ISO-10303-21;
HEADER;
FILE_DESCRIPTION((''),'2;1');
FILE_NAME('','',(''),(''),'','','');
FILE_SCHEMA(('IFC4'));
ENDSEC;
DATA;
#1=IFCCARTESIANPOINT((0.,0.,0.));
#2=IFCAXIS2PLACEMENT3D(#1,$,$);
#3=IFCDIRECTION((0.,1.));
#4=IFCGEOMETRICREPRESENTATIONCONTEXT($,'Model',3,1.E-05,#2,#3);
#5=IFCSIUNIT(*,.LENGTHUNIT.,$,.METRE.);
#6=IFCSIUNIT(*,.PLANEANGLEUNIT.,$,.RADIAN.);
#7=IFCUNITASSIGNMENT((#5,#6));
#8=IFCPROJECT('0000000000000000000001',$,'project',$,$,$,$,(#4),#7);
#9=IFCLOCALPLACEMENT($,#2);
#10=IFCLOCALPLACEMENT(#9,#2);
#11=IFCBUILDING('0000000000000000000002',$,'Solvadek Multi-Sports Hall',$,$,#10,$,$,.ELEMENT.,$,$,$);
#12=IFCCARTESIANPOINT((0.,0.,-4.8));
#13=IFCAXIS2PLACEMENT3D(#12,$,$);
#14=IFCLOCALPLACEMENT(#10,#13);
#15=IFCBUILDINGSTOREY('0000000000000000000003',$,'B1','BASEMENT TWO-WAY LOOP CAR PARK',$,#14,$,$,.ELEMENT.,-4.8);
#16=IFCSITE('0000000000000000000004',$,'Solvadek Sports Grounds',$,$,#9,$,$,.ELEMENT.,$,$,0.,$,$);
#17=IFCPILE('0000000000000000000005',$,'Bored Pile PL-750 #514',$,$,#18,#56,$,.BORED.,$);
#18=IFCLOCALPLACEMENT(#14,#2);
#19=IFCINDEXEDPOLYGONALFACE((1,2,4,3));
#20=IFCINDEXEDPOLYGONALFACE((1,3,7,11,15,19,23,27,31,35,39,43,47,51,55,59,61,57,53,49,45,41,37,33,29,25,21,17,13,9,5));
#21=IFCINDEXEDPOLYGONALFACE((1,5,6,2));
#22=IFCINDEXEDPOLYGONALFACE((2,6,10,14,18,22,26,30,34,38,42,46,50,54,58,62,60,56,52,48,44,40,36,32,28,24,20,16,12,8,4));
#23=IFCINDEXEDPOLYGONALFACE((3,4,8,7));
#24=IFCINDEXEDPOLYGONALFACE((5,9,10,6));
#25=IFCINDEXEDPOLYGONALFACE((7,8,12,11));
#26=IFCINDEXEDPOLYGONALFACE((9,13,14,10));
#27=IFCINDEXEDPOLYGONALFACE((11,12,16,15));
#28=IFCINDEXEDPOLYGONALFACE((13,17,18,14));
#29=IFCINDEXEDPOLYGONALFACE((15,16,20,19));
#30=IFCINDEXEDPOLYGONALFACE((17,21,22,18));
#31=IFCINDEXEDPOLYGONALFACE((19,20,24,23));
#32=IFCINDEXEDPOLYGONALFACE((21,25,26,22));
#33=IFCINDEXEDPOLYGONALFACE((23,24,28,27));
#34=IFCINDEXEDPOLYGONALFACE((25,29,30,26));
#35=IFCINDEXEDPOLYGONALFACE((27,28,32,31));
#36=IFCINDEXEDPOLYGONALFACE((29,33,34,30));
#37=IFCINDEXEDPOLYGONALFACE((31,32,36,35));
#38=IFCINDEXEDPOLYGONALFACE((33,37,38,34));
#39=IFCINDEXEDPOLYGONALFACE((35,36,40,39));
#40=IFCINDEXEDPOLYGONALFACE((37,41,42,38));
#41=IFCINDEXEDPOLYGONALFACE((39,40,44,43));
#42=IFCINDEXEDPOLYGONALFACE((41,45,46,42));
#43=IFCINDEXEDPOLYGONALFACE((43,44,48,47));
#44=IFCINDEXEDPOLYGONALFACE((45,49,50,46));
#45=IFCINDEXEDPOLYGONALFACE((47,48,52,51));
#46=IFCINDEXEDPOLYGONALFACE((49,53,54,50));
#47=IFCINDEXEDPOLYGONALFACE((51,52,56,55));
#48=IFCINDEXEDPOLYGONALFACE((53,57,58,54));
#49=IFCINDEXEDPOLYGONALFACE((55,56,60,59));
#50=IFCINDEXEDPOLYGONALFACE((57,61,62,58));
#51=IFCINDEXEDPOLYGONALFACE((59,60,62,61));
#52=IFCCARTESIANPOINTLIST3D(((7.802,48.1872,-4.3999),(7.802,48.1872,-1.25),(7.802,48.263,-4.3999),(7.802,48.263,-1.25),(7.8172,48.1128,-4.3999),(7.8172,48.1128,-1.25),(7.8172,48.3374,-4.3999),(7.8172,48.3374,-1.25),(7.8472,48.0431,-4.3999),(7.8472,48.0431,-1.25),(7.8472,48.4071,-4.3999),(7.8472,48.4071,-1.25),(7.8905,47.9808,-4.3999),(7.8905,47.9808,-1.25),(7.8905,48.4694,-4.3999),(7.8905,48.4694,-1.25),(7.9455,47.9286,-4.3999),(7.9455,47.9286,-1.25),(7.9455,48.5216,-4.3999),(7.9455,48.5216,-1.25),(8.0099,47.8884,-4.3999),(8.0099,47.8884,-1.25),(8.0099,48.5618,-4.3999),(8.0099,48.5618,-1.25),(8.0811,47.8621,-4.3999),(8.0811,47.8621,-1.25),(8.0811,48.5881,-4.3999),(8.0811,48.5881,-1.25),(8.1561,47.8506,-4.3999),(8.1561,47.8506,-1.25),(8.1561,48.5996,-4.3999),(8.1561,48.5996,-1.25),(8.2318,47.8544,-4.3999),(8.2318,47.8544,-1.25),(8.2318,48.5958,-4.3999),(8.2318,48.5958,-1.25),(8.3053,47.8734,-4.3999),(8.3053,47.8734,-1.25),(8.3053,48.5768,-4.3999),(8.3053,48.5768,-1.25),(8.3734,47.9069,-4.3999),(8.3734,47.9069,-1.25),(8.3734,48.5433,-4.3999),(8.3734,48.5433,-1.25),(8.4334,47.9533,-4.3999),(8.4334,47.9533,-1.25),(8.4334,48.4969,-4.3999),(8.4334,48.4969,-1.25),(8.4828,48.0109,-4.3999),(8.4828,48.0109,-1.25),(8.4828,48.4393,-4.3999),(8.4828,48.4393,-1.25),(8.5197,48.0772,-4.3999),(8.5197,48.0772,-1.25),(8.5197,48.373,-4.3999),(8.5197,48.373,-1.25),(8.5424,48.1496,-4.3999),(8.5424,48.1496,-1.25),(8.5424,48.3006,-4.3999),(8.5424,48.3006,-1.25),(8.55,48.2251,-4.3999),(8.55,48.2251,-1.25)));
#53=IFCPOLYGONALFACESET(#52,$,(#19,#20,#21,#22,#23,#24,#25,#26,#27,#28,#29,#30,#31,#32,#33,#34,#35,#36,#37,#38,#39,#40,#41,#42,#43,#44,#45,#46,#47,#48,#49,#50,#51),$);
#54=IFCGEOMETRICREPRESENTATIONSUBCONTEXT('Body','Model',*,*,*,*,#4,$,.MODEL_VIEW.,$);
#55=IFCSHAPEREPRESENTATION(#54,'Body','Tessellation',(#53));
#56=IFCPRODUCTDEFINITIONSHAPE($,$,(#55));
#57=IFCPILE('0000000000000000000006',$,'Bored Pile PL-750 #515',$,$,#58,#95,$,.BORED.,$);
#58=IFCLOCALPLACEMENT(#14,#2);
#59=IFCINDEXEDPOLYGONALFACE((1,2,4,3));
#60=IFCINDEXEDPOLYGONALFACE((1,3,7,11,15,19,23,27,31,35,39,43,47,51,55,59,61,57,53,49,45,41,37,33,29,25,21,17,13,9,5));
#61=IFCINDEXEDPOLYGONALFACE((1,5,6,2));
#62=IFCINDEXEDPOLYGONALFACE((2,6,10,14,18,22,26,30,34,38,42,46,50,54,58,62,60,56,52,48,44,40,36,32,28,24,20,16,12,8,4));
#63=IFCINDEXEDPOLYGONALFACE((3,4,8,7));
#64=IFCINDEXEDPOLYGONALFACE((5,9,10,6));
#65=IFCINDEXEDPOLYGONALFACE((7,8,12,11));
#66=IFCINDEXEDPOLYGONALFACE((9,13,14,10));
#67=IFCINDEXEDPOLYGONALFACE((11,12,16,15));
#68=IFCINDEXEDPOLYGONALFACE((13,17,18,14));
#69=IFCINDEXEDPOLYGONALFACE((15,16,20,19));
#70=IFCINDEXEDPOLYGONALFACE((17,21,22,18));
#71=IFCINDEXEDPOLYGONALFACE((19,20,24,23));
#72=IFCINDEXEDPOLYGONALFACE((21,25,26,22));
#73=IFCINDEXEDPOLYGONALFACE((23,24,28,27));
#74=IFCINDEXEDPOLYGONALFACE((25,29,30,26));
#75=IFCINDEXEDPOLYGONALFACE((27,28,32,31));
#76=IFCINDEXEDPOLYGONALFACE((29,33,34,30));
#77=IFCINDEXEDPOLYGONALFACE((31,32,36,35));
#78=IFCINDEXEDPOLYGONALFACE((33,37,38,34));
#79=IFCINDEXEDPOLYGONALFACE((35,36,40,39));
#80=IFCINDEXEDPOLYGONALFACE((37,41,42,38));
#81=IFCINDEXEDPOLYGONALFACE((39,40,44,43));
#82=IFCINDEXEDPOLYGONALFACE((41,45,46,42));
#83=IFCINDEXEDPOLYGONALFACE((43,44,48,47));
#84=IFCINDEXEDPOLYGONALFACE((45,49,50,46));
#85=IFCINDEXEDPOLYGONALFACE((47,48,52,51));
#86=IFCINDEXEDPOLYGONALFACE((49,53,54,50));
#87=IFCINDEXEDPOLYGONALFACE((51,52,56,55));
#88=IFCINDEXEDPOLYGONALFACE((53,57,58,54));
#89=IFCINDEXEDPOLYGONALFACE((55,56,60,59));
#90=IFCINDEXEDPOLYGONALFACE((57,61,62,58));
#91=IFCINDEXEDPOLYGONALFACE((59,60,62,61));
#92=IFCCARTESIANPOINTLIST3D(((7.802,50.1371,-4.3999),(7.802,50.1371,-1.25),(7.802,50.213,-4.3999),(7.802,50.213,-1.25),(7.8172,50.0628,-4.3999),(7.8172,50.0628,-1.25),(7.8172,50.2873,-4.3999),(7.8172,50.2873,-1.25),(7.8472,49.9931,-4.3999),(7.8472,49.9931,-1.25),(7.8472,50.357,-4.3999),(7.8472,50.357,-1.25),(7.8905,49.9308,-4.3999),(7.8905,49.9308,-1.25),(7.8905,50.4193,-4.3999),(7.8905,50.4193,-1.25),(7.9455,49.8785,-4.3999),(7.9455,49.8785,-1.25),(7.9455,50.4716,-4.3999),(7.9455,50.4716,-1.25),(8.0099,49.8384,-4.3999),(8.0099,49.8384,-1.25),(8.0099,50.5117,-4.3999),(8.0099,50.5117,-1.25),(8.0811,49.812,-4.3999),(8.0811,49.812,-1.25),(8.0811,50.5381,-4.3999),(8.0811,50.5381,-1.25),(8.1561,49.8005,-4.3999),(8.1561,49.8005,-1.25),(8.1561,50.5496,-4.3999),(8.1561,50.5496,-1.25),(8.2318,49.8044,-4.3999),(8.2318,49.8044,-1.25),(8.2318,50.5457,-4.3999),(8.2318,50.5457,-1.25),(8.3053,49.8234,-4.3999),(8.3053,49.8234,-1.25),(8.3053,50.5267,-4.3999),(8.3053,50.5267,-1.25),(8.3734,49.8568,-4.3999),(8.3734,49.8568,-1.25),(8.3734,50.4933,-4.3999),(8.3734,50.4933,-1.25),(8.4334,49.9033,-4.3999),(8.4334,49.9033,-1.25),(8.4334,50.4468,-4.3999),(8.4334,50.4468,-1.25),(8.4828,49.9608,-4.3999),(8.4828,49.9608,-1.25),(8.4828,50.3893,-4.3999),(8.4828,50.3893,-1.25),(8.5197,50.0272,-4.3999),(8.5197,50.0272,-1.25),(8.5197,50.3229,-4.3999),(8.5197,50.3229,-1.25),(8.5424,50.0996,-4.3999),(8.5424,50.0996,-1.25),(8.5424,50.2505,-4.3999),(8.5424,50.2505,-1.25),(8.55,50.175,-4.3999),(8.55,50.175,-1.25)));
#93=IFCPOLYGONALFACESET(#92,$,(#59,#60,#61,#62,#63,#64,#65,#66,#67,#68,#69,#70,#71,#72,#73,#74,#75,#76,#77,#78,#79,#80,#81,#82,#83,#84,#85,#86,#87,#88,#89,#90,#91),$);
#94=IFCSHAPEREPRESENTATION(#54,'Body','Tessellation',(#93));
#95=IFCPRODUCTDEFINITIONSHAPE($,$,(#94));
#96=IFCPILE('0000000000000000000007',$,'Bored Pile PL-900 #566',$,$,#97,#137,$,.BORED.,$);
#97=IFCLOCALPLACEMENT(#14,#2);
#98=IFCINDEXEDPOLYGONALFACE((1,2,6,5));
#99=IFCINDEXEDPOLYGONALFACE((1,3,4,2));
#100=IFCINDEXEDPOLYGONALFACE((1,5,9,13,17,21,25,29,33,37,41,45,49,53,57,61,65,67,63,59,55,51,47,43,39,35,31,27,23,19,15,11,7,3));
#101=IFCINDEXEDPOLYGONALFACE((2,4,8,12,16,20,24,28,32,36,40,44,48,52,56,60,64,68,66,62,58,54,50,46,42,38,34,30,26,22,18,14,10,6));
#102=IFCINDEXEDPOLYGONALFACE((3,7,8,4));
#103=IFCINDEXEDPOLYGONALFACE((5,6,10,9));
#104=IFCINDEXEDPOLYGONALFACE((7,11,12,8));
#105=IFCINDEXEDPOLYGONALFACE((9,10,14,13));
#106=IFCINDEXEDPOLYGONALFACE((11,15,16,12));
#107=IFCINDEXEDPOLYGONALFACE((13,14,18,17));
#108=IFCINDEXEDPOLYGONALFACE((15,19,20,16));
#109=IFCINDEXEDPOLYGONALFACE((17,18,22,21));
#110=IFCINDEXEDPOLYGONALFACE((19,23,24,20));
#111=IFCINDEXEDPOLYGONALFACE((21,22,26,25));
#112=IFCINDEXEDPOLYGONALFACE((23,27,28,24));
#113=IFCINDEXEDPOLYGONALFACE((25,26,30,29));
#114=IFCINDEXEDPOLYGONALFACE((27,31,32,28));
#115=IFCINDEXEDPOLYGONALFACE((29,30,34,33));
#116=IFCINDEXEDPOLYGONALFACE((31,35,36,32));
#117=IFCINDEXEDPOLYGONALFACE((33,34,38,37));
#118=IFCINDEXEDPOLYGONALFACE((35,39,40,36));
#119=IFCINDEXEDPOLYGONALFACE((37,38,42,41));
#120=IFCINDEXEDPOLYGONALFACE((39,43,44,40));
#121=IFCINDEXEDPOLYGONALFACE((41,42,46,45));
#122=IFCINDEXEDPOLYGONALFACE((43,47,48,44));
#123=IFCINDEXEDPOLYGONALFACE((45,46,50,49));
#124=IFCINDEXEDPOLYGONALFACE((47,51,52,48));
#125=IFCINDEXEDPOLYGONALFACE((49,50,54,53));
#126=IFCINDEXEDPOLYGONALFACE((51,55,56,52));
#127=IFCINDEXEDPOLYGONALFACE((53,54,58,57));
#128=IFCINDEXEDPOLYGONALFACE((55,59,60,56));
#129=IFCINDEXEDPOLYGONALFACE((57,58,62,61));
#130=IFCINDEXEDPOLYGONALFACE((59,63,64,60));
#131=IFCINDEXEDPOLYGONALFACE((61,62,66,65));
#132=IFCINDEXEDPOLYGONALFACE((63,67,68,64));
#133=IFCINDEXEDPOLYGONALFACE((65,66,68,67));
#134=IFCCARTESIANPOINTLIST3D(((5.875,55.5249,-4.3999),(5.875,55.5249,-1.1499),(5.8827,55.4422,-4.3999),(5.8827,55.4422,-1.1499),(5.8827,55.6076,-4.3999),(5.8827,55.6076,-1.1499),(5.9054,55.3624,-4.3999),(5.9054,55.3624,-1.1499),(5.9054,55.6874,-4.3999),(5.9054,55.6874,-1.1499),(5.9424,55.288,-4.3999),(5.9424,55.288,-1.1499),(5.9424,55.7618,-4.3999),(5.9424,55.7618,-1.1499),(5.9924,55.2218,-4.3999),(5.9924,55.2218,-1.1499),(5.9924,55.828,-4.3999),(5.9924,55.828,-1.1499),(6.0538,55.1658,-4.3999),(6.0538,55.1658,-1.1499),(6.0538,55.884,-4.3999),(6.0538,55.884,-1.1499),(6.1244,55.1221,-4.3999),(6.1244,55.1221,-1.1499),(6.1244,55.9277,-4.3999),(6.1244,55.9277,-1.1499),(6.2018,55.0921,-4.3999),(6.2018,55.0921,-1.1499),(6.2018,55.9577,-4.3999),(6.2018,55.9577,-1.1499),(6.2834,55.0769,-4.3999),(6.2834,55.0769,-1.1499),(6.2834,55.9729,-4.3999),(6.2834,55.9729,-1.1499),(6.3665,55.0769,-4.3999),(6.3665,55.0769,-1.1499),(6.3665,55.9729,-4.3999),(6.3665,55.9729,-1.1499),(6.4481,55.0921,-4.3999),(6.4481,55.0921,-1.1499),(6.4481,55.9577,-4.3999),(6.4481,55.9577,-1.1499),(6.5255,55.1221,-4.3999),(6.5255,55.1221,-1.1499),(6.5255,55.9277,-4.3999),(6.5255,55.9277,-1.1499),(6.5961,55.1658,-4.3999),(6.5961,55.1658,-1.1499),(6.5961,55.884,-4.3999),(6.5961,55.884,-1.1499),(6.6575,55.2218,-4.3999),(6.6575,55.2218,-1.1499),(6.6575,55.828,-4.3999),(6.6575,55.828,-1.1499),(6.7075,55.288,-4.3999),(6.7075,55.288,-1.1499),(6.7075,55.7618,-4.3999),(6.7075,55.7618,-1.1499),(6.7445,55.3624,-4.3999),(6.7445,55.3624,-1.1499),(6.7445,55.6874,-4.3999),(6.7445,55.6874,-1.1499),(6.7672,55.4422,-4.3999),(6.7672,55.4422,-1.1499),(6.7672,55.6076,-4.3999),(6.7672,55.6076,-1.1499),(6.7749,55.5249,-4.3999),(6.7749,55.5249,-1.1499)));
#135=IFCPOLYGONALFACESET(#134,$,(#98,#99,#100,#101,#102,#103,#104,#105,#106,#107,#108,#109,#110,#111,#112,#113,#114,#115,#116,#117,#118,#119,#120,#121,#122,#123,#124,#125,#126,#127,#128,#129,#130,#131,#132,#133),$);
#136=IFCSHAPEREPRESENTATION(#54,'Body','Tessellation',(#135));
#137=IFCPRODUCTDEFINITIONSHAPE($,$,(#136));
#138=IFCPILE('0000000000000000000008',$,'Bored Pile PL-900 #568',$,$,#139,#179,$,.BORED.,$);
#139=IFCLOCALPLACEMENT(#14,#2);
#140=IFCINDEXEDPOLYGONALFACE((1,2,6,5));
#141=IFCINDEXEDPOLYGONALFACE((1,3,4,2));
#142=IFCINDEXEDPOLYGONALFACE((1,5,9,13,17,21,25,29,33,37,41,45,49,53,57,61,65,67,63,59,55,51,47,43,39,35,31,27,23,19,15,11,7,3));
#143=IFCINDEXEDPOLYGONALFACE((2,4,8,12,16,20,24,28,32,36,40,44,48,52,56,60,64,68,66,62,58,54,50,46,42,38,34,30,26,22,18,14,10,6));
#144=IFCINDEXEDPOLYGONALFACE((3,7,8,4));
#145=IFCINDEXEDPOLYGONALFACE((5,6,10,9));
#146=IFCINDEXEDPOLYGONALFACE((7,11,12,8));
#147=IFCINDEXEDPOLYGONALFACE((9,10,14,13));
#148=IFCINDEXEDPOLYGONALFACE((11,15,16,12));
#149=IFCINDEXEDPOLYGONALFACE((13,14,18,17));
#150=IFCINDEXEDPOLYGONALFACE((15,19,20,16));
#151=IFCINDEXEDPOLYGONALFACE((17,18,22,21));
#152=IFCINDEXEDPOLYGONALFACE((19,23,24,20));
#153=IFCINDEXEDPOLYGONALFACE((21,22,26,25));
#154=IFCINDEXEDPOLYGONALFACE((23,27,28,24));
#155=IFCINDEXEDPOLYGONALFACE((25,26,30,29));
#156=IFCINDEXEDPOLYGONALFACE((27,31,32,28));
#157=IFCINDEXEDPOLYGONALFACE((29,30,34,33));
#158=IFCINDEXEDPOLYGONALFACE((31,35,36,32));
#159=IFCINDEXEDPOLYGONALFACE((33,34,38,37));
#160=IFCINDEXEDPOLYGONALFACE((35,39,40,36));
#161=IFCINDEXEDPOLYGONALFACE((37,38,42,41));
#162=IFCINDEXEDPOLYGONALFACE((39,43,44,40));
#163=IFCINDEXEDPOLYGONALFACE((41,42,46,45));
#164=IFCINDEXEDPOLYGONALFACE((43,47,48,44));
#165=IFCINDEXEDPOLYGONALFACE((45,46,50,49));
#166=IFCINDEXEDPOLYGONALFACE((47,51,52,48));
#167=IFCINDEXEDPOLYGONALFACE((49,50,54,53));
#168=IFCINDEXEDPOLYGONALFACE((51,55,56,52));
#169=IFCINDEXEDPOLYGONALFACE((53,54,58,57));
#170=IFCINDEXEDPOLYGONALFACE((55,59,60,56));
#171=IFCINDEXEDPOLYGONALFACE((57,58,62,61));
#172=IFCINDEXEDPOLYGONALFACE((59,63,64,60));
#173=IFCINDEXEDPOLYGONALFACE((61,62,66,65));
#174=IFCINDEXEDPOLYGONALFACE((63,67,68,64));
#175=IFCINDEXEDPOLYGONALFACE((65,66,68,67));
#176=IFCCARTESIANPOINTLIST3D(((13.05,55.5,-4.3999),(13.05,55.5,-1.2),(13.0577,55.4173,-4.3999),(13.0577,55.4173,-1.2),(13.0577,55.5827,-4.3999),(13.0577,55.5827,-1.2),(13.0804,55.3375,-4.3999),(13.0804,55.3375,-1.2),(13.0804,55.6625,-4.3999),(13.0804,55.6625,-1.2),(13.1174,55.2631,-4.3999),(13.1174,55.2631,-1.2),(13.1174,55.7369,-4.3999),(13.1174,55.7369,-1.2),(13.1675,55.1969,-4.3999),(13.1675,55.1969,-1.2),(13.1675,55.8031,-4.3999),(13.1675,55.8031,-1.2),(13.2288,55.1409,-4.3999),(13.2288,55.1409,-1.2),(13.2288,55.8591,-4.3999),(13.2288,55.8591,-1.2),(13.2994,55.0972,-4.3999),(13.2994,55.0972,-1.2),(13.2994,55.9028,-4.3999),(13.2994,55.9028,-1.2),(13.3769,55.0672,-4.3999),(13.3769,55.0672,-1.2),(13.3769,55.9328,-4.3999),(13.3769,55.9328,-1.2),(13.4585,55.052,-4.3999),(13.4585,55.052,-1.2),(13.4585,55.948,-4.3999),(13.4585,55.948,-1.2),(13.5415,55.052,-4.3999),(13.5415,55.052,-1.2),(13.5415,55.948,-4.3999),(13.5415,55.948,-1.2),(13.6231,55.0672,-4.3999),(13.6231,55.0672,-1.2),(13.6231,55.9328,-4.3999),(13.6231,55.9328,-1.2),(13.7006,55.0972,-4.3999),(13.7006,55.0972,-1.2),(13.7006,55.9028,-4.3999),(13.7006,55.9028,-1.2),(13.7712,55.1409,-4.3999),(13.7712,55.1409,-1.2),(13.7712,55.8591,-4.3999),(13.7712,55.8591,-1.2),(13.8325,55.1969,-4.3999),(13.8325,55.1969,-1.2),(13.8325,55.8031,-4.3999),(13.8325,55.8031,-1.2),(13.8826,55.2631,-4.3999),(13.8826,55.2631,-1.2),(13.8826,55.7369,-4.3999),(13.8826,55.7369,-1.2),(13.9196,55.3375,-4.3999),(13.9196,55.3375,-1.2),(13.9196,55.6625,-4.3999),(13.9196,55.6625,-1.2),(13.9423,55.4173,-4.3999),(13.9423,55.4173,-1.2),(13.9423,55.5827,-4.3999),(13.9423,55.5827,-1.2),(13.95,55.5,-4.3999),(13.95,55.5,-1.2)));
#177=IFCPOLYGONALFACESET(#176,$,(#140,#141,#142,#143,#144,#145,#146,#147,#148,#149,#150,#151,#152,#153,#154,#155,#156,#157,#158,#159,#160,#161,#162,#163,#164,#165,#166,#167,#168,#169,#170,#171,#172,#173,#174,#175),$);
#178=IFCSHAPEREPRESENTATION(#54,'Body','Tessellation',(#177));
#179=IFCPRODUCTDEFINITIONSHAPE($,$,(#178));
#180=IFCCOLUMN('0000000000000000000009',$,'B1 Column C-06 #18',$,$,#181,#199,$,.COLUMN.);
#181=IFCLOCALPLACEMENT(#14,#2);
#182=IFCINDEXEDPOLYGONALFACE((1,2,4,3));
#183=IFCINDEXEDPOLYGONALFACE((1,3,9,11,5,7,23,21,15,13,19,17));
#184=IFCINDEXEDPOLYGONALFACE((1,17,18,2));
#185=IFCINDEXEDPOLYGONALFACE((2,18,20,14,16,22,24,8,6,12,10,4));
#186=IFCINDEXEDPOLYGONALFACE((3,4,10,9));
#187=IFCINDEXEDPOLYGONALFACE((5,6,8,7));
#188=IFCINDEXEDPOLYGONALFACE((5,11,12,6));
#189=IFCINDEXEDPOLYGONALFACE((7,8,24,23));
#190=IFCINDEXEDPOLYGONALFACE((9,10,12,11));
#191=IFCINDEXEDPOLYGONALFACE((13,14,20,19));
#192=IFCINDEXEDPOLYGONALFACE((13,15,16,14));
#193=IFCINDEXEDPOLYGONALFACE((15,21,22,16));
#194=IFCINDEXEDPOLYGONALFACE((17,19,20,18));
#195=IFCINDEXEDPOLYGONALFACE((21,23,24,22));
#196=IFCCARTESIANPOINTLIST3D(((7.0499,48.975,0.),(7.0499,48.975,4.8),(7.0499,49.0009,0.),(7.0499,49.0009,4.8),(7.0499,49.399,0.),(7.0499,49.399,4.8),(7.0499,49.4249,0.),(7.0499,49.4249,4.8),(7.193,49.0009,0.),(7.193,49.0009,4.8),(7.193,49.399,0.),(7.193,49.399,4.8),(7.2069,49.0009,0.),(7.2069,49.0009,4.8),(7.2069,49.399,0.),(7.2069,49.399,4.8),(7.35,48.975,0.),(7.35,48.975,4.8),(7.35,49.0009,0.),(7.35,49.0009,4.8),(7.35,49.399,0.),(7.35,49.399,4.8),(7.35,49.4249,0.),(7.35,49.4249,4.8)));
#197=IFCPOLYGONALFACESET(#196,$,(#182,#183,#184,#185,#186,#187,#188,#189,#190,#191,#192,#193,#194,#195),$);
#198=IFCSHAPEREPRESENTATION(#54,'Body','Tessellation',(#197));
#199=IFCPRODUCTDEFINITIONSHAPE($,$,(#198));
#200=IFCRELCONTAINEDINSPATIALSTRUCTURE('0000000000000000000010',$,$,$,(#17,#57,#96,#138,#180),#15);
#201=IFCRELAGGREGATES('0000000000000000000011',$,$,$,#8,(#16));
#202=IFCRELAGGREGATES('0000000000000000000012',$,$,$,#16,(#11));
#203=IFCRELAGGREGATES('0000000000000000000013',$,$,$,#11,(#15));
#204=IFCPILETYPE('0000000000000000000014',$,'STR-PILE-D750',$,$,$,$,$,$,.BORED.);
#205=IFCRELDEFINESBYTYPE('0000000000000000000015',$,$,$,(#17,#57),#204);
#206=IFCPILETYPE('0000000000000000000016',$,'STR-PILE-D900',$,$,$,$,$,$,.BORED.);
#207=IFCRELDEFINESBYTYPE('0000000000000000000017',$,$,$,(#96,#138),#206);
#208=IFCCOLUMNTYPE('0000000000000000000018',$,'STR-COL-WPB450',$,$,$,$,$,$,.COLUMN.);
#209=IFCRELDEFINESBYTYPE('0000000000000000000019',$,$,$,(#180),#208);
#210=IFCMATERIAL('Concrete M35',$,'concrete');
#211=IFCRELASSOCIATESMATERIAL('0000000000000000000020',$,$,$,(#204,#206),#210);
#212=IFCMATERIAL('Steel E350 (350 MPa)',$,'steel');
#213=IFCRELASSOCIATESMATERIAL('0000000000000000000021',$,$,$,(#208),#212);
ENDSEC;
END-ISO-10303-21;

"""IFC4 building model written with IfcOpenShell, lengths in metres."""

from ifc_helpers import new_model, si_unit, direction, frame, origin, origin_2d, place, context, subcontext, project, spatial, circle, i_section, extrude, material, material_profile, profile_set, type_object, element, save


model = new_model("IFC4")

# Units and contexts
model_context = context("Model", 3, precision=1e-05, world=origin(), true_north=direction((0.0, 1.0)))
body_context = subcontext(model_context, "Body", "Model", "MODEL_VIEW")
ifc_project = project(units=[si_unit("LENGTHUNIT", "METRE"), si_unit("PLANEANGLEUNIT", "RADIAN")], contexts=[model_context])

# Site, building, storey
site_placement = place(None, origin())
site = spatial("IfcSite", under=ifc_project, at=site_placement, Name="Solvadek Sports Grounds", CompositionType="ELEMENT", RefElevation=0.0)
building_placement = place(site_placement, origin())
building = spatial("IfcBuilding", under=site, at=building_placement, Name="Solvadek Multi-Sports Hall", CompositionType="ELEMENT")
storey_placement = place(building_placement, frame((0.0, 0.0, -4.8)))
storey = spatial("IfcBuildingStorey", under=building, at=storey_placement, Name="B1", Description="BASEMENT TWO-WAY LOOP CAR PARK", CompositionType="ELEMENT", Elevation=-4.8)

# Piles
ifc_material_1 = material(Name="Concrete M35", Category="concrete")
ifc_material_profile_1 = material_profile(ifc_material_1, circle(Radius=0.375, at=origin_2d()), Name="BORED PILE D750")
ifc_profile_set_1 = profile_set([ifc_material_profile_1], Name="Concrete M35")
pile_type_1 = type_object("IfcPileType", Name="STR-PILE-D750", PredefinedType="BORED", material=ifc_profile_set_1)
for number, where, z_axis, x_axis, name in (
    (1, (8.175, 48.2251, -1.25), (0.0, 0.0, -1.0), (1.0, 0.0, 0.0), "Bored Pile PL-750 #514"),
    (2, (8.175, 50.175, -1.25), (0.0, 0.0, -1.0), (1.0, 0.0, 0.0), "Bored Pile PL-750 #515"),
):
    element("IfcPile", number, at=place(storey_placement, frame(where, z_axis=z_axis, x_axis=x_axis)), inside=storey, type_object=pile_type_1, Name=name, PredefinedType="BORED", context=body_context, shape_type="SweptSolid", body=[
        extrude(circle(Radius=0.375, at=origin_2d()), origin(), (0.0, 0.0, 1.0), 3.1499),
    ])
ifc_material_profile_2 = material_profile(ifc_material_1, circle(Radius=0.45, at=origin_2d()), Name="BORED PILE D900")
ifc_profile_set_2 = profile_set([ifc_material_profile_2], Name="Concrete M35")
pile_type_2 = type_object("IfcPileType", Name="STR-PILE-D900", PredefinedType="BORED", material=ifc_profile_set_2)
pile_1_placement = place(storey_placement, frame((6.325, 55.5249, -1.1499), z_axis=(0.0, 0.0, -1.0), x_axis=(1.0, 0.0, 0.0)))
element("IfcPile", 3, at=pile_1_placement, inside=storey, type_object=pile_type_2, Name="Bored Pile PL-900 #566", PredefinedType="BORED", context=body_context, shape_type="SweptSolid", body=[
    extrude(circle(Radius=0.45, at=origin_2d()), origin(), (0.0, 0.0, 1.0), 3.25),
])
pile_2_placement = place(storey_placement, frame((13.5, 55.5, -1.2), z_axis=(0.0, 0.0, -1.0), x_axis=(1.0, 0.0, 0.0)))
element("IfcPile", 4, at=pile_2_placement, inside=storey, type_object=pile_type_2, Name="Bored Pile PL-900 #568", PredefinedType="BORED", context=body_context, shape_type="SweptSolid", body=[
    extrude(circle(Radius=0.45, at=origin_2d()), origin(), (0.0, 0.0, 1.0), 3.2),
])

# Column
ifc_material_2 = material(Name="Steel E350 (350 MPa)", Category="steel")
ifc_material_profile_3 = material_profile(ifc_material_2, i_section(OverallWidth=0.3, OverallDepth=0.45, WebThickness=0.0139, FlangeThickness=0.0259, at=origin_2d()), Name="WPB 450")
ifc_profile_set_3 = profile_set([ifc_material_profile_3], Name="Steel E350 (350 MPa)")
column_type = type_object("IfcColumnType", Name="STR-COL-WPB450", PredefinedType="COLUMN", material=ifc_profile_set_3)
for number, where, z_axis, x_axis, name in (
    (5, (7.2, 49.2, 0.0), (0.0, 0.0, 1.0), (1.0, 0.0, 0.0), "B1 Column C-06 #18"),
):
    element("IfcColumn", number, at=place(storey_placement, frame(where, z_axis=z_axis, x_axis=x_axis)), inside=storey, type_object=column_type, Name=name, PredefinedType="COLUMN", context=body_context, shape_type="SweptSolid", body=[
        extrude(i_section(OverallWidth=0.3, OverallDepth=0.45, WebThickness=0.0139, FlangeThickness=0.0259, at=origin_2d()), origin(), (0.0, 0.0, 1.0), 4.8),
    ])

save(model, "model.ifc")
